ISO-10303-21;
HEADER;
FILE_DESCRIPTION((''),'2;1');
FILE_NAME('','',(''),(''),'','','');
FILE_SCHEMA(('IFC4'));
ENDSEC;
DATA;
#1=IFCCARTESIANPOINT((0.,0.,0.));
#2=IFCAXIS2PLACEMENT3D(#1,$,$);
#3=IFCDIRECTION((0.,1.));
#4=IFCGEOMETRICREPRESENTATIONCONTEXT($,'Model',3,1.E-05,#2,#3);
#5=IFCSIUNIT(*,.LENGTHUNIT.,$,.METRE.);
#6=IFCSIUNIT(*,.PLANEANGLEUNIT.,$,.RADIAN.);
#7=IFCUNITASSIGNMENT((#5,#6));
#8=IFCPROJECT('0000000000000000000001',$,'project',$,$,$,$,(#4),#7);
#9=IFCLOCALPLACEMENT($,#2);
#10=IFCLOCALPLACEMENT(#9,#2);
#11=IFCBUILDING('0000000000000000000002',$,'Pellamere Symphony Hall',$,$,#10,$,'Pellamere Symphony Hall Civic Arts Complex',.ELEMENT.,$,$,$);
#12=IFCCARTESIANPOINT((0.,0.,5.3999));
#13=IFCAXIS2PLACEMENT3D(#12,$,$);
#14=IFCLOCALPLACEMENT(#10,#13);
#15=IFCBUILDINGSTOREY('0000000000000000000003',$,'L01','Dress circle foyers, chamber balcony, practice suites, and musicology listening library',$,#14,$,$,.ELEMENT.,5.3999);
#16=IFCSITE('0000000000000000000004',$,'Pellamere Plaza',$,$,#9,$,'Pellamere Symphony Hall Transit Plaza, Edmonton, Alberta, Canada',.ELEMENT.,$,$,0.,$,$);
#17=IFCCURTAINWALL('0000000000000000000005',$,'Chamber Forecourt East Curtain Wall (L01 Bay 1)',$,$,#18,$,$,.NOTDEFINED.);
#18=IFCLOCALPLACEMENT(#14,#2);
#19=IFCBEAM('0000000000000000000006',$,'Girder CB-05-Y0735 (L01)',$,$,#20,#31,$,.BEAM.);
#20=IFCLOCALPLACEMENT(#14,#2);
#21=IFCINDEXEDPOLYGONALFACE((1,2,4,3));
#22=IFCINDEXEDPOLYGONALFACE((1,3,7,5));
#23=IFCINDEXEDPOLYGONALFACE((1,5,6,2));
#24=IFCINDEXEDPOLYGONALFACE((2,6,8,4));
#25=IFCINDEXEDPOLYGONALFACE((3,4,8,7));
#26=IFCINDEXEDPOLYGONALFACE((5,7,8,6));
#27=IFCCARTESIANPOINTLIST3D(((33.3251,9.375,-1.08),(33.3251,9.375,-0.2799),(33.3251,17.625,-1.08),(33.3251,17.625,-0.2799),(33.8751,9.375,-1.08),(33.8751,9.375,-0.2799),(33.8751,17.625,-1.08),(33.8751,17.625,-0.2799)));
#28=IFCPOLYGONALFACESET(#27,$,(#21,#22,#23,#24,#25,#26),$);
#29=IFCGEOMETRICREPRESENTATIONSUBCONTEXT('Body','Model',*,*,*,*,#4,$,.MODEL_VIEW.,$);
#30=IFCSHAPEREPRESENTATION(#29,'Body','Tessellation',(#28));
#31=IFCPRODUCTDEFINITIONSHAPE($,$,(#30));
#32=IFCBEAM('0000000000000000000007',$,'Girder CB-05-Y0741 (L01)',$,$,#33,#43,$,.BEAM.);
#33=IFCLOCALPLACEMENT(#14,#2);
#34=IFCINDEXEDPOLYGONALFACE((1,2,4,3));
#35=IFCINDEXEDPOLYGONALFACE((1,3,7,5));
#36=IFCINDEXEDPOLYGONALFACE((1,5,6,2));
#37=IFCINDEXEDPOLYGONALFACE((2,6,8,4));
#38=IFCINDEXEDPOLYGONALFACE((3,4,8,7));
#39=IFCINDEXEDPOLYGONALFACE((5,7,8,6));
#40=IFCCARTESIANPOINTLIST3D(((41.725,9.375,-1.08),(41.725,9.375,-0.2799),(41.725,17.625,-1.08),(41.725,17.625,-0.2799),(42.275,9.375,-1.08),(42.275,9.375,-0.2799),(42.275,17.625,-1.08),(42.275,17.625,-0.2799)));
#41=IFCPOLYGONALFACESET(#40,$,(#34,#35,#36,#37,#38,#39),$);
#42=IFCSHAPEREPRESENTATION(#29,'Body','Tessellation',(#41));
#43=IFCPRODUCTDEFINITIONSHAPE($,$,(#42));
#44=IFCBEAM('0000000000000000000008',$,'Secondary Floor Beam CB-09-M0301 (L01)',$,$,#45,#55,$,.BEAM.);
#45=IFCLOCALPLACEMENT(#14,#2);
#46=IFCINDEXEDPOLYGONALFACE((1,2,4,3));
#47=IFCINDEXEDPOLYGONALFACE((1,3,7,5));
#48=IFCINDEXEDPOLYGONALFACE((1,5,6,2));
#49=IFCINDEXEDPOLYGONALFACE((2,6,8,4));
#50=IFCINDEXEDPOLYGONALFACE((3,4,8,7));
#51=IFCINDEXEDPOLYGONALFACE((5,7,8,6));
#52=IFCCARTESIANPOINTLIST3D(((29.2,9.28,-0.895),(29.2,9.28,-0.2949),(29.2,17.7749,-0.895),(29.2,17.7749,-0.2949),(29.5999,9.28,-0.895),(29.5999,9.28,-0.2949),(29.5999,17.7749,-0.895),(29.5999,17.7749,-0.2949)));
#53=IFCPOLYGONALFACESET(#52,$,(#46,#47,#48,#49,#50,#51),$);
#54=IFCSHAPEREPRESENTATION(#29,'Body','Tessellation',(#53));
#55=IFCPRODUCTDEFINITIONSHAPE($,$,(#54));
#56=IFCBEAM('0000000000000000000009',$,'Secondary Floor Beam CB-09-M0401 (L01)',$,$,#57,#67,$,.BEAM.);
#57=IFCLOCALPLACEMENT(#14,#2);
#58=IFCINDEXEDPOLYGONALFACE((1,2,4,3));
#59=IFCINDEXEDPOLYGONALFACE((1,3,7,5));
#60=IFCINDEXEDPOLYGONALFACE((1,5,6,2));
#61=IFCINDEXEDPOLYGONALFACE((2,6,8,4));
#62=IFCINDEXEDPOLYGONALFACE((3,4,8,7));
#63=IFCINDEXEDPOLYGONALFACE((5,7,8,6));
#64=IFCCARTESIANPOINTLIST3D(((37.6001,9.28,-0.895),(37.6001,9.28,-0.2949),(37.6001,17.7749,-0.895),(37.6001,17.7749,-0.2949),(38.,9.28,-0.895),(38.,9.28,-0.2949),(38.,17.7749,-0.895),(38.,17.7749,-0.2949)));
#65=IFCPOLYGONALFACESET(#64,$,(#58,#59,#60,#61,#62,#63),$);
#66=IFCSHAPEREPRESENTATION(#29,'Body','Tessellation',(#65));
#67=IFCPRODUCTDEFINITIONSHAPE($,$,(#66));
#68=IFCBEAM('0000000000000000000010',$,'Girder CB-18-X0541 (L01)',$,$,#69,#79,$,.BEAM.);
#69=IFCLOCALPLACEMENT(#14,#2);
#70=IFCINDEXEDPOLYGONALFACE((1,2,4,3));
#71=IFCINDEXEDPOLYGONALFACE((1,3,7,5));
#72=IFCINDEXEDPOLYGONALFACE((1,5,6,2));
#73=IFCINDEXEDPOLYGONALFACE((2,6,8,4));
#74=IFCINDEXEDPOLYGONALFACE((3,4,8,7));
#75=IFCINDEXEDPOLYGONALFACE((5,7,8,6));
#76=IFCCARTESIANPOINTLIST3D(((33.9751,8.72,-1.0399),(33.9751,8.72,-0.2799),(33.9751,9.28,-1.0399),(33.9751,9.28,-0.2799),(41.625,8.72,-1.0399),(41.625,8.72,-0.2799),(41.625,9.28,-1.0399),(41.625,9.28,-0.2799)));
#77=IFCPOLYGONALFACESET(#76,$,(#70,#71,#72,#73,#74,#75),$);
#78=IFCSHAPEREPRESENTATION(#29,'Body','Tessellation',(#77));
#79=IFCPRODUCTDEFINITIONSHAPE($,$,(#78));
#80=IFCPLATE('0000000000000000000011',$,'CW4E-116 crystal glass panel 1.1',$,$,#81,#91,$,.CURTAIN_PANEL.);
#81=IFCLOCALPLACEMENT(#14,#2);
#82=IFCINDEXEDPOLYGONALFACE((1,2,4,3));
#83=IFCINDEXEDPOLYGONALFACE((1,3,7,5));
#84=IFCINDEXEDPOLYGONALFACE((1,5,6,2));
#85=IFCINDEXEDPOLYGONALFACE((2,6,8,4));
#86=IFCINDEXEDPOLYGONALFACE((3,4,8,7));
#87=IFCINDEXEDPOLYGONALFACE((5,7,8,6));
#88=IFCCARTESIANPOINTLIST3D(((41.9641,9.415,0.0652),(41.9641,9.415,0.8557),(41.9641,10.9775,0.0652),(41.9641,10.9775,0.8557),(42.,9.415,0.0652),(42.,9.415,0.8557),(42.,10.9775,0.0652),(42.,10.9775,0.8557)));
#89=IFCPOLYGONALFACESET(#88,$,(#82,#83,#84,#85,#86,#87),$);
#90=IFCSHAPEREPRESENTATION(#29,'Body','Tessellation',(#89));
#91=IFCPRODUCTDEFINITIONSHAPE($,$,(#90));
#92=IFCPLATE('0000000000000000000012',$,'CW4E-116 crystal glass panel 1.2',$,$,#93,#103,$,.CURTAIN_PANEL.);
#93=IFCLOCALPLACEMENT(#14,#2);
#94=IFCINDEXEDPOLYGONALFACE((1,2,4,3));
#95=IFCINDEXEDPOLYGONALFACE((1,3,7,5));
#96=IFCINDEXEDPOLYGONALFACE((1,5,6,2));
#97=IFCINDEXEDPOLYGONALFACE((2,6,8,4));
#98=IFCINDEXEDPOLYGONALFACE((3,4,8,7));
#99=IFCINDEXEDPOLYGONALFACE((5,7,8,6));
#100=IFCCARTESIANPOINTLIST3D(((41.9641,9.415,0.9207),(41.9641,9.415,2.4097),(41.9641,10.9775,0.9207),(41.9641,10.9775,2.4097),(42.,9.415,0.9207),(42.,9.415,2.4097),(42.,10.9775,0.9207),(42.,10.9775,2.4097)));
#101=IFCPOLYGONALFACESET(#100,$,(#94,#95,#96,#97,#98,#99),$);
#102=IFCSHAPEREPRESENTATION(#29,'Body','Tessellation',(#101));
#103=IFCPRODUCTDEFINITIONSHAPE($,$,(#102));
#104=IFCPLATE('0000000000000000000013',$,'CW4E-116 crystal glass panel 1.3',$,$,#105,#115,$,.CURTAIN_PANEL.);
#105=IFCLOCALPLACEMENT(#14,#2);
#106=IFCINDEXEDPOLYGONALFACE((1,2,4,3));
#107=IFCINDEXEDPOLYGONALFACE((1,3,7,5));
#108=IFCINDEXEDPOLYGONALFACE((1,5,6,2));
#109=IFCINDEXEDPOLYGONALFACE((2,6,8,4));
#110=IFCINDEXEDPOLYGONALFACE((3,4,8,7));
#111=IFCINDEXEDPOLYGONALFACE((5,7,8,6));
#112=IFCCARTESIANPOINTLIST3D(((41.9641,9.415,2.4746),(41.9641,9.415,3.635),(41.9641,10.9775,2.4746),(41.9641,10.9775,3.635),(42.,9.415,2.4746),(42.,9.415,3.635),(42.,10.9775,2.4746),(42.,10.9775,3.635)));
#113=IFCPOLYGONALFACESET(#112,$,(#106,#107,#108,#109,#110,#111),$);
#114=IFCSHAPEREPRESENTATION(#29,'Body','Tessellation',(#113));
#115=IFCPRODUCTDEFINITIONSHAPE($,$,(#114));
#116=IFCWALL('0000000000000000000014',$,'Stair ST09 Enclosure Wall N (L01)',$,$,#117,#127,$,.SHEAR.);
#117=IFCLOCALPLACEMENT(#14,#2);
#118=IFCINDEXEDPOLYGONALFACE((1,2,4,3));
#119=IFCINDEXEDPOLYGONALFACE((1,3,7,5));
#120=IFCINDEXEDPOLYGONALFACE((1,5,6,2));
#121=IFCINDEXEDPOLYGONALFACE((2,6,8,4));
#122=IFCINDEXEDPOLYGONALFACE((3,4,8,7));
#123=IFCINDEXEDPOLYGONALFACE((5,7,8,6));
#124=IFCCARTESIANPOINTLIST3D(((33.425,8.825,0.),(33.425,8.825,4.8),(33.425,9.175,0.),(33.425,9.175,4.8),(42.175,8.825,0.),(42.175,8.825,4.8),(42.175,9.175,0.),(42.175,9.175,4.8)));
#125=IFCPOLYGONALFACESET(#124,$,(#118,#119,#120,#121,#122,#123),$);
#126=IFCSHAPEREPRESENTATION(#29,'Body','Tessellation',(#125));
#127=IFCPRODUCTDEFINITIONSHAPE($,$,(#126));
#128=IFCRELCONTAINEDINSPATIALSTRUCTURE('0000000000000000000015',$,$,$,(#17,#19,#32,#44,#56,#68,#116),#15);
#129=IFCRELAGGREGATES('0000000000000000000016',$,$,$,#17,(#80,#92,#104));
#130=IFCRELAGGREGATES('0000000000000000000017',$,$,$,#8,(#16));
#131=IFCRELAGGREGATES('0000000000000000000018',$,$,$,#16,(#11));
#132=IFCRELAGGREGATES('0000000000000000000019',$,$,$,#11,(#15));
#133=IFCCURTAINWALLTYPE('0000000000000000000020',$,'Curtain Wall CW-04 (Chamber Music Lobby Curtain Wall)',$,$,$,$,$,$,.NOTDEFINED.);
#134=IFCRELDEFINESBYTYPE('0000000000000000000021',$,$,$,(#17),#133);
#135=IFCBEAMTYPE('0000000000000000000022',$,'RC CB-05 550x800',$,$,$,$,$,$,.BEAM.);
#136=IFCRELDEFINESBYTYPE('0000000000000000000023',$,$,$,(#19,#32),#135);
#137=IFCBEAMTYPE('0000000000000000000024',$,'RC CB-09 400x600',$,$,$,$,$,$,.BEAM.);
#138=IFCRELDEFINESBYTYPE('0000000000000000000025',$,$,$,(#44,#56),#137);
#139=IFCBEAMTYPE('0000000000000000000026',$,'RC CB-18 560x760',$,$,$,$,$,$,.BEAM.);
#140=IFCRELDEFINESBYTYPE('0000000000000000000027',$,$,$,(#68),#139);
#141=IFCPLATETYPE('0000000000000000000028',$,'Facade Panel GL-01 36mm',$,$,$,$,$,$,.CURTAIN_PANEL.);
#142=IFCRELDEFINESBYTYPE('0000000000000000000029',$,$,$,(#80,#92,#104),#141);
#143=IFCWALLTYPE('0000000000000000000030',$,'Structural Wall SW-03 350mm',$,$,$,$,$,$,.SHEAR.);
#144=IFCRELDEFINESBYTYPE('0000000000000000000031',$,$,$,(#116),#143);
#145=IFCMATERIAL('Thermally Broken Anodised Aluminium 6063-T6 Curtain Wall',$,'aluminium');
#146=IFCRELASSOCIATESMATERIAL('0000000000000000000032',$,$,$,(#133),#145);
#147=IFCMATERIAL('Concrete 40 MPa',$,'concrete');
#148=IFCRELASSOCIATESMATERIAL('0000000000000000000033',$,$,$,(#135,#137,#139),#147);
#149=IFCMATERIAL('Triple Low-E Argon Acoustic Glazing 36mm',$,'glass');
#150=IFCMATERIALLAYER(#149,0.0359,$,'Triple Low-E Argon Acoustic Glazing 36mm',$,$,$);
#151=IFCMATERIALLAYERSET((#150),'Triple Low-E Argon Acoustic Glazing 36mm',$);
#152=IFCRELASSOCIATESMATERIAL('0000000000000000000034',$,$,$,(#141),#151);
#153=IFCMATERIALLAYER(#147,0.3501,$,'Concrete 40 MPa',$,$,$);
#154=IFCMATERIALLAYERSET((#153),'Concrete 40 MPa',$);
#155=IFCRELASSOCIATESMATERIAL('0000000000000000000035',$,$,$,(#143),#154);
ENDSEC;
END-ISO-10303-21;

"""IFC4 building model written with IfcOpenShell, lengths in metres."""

from ifc_helpers import new_model, si_unit, direction, frame, frame_2d, origin, origin_2d, place, context, subcontext, project, spatial, polyline, rectangle, outline, extrude, material, layer, layer_set, material_profile, profile_set, type_object, element, aggregate, save


model = new_model("IFC4")

# Units and contexts
model_context = context("Model", 3, precision=1e-05, world=origin(), true_north=direction((0.0, 1.0)))
body_context = subcontext(model_context, "Body", "Model", "MODEL_VIEW")
ifc_project = project(units=[si_unit("LENGTHUNIT", "METRE"), si_unit("PLANEANGLEUNIT", "RADIAN")], contexts=[model_context])

# Site, building, storey
site_placement = place(None, origin())
site = spatial("IfcSite", under=ifc_project, at=site_placement, Name="Pellamere Plaza", LongName="Pellamere Symphony Hall Transit Plaza, Edmonton, Alberta, Canada", CompositionType="ELEMENT", RefElevation=0.0)
building_placement = place(site_placement, origin())
building = spatial("IfcBuilding", under=site, at=building_placement, Name="Pellamere Symphony Hall", LongName="Pellamere Symphony Hall Civic Arts Complex", CompositionType="ELEMENT")
storey_placement = place(building_placement, frame((0.0, 0.0, 5.3999)))
storey = spatial("IfcBuildingStorey", under=building, at=storey_placement, Name="L01", Description="Dress circle foyers, chamber balcony, practice suites, and musicology listening library", CompositionType="ELEMENT", Elevation=5.3999)

# Shared definitions
ifc_material_1 = material(Name="Concrete 40 MPa", Category="concrete")

# Curtain wall
ifc_material_2 = material(Name="Thermally Broken Anodised Aluminium 6063-T6 Curtain Wall", Category="aluminium")
curtain_wall_type = type_object("IfcCurtainWallType", Name="Curtain Wall CW-04 (Chamber Music Lobby Curtain Wall)", PredefinedType="NOTDEFINED", material=ifc_material_2)
curtain_wall_placement = place(storey_placement, origin())
curtain_wall = element("IfcCurtainWall", 1, at=curtain_wall_placement, inside=storey, type_object=curtain_wall_type, Name="Chamber Forecourt East Curtain Wall (L01 Bay 1)", PredefinedType="NOTDEFINED")

# Beams
ifc_material_profile_1 = material_profile(ifc_material_1, rectangle(XDim=0.55, YDim=0.8, at=origin_2d()), Name="RC 550x800")
ifc_profile_set_1 = profile_set([ifc_material_profile_1], Name="Concrete 40 MPa")
beam_type_1 = type_object("IfcBeamType", Name="RC CB-05 550x800", PredefinedType="BEAM", material=ifc_profile_set_1)
for number, where, z_axis, x_axis, name in (
    (2, (33.6001, 9.375, -0.6799), (0.0, 1.0, 0.0), (-1.0, 0.0, 0.0), "Girder CB-05-Y0735 (L01)"),
    (3, (42.0, 9.375, -0.6799), (0.0, 1.0, 0.0), (-1.0, 0.0, 0.0), "Girder CB-05-Y0741 (L01)"),
):
    element("IfcBeam", number, at=place(storey_placement, frame(where, z_axis=z_axis, x_axis=x_axis)), inside=storey, type_object=beam_type_1, Name=name, PredefinedType="BEAM", context=body_context, shape_type="SweptSolid", body=[
        extrude(rectangle(XDim=0.55, YDim=0.8, at=origin_2d()), origin(), (0.0, 0.0, 1.0), 8.25),
    ])
ifc_material_profile_2 = material_profile(ifc_material_1, rectangle(XDim=0.3999, YDim=0.6001, at=origin_2d()), Name="RC 400x600")
ifc_profile_set_2 = profile_set([ifc_material_profile_2], Name="Concrete 40 MPa")
beam_type_2 = type_object("IfcBeamType", Name="RC CB-09 400x600", PredefinedType="BEAM", material=ifc_profile_set_2)
for number, where, z_axis, x_axis, name in (
    (4, (29.3999, 9.28, -0.595), (0.0, 1.0, 0.0), (-1.0, 0.0, 0.0), "Secondary Floor Beam CB-09-M0301 (L01)"),
    (5, (37.8, 9.28, -0.595), (0.0, 1.0, 0.0), (-1.0, 0.0, 0.0), "Secondary Floor Beam CB-09-M0401 (L01)"),
):
    element("IfcBeam", number, at=place(storey_placement, frame(where, z_axis=z_axis, x_axis=x_axis)), inside=storey, type_object=beam_type_2, Name=name, PredefinedType="BEAM", context=body_context, shape_type="SweptSolid", body=[
        extrude(rectangle(XDim=0.3999, YDim=0.6001, at=origin_2d()), origin(), (0.0, 0.0, 1.0), 8.4949),
    ])
ifc_material_profile_3 = material_profile(ifc_material_1, rectangle(XDim=0.5601, YDim=0.76, at=origin_2d()), Name="RC 560x760")
ifc_profile_set_3 = profile_set([ifc_material_profile_3], Name="Concrete 40 MPa")
beam_type_3 = type_object("IfcBeamType", Name="RC CB-18 560x760", PredefinedType="BEAM", material=ifc_profile_set_3)
beam_1_placement = place(storey_placement, frame((33.9751, 9.0, -0.6599), z_axis=(1.0, 0.0, 0.0), x_axis=(0.0, 1.0, 0.0)))
element("IfcBeam", 6, at=beam_1_placement, inside=storey, type_object=beam_type_3, Name="Girder CB-18-X0541 (L01)", PredefinedType="BEAM", context=body_context, shape_type="SweptSolid", body=[
    extrude(rectangle(XDim=0.5601, YDim=0.76, at=origin_2d()), origin(), (0.0, 0.0, 1.0), 7.6499),
])

# Plates
ifc_material_3 = material(Name="Triple Low-E Argon Acoustic Glazing 36mm", Category="glass")
ifc_layer_1 = layer(ifc_material_3, 0.0359, Name="Triple Low-E Argon Acoustic Glazing 36mm")
ifc_layer_set_1 = layer_set([ifc_layer_1], Name="Triple Low-E Argon Acoustic Glazing 36mm")
plate_type = type_object("IfcPlateType", Name="Facade Panel GL-01 36mm", PredefinedType="CURTAIN_PANEL", material=ifc_layer_set_1)
plate_1_placement = place(storey_placement, frame((42.0, 9.415, 0.0652), z_axis=(1.0, 0.0, 0.0), x_axis=(0.0, 1.0, 0.0)))
plate_1 = element("IfcPlate", 7, at=plate_1_placement, type_object=plate_type, Name="CW4E-116 crystal glass panel 1.1", PredefinedType="CURTAIN_PANEL", context=body_context, shape_type="SweptSolid", body=[
    extrude(outline(polyline([(0.0, 0.0), (1.5625, 0.0), (1.5625, 0.7905), (0.0, 0.7905), (0.0, 0.0)])), origin(), (0.0, 0.0, -1.0), 0.0359),
])
plate_2_placement = place(storey_placement, frame((42.0, 9.415, 0.9207), z_axis=(1.0, 0.0, 0.0), x_axis=(0.0, 1.0, 0.0)))
plate_2 = element("IfcPlate", 8, at=plate_2_placement, type_object=plate_type, Name="CW4E-116 crystal glass panel 1.2", PredefinedType="CURTAIN_PANEL", context=body_context, shape_type="SweptSolid", body=[
    extrude(outline(polyline([(0.0, 0.0), (1.5625, 0.0), (1.5625, 1.489), (0.0, 1.489), (0.0, 0.0)])), origin(), (0.0, 0.0, -1.0), 0.0359),
])
plate_3_placement = place(storey_placement, frame((42.0, 9.415, 2.4746), z_axis=(1.0, 0.0, 0.0), x_axis=(0.0, 1.0, 0.0)))
plate_3 = element("IfcPlate", 9, at=plate_3_placement, type_object=plate_type, Name="CW4E-116 crystal glass panel 1.3", PredefinedType="CURTAIN_PANEL", context=body_context, shape_type="SweptSolid", body=[
    extrude(outline(polyline([(0.0, 0.0), (1.5625, 0.0), (1.5625, 1.1604), (0.0, 1.1604), (0.0, 0.0)])), origin(), (0.0, 0.0, -1.0), 0.0359),
])
aggregate(curtain_wall, [plate_1, plate_2, plate_3])

# Wall
ifc_layer_2 = layer(ifc_material_1, 0.3501, Name="Concrete 40 MPa")
ifc_layer_set_2 = layer_set([ifc_layer_2], Name="Concrete 40 MPa")
wall_type = type_object("IfcWallType", Name="Structural Wall SW-03 350mm", PredefinedType="SHEAR", material=ifc_layer_set_2)
wall_placement = place(storey_placement, frame((33.425, 9.0, 0.0), z_axis=(0.0, 0.0, 1.0), x_axis=(1.0, 0.0, 0.0)))
element("IfcWall", 10, at=wall_placement, inside=storey, type_object=wall_type, Name="Stair ST09 Enclosure Wall N (L01)", PredefinedType="SHEAR", context=body_context, shape_type="SweptSolid", body=[
    extrude(rectangle(XDim=8.75, YDim=0.3501, at=frame_2d((4.375, 0.0))), origin(), (0.0, 0.0, 1.0), 4.8),
])

save(model, "model.ifc")
